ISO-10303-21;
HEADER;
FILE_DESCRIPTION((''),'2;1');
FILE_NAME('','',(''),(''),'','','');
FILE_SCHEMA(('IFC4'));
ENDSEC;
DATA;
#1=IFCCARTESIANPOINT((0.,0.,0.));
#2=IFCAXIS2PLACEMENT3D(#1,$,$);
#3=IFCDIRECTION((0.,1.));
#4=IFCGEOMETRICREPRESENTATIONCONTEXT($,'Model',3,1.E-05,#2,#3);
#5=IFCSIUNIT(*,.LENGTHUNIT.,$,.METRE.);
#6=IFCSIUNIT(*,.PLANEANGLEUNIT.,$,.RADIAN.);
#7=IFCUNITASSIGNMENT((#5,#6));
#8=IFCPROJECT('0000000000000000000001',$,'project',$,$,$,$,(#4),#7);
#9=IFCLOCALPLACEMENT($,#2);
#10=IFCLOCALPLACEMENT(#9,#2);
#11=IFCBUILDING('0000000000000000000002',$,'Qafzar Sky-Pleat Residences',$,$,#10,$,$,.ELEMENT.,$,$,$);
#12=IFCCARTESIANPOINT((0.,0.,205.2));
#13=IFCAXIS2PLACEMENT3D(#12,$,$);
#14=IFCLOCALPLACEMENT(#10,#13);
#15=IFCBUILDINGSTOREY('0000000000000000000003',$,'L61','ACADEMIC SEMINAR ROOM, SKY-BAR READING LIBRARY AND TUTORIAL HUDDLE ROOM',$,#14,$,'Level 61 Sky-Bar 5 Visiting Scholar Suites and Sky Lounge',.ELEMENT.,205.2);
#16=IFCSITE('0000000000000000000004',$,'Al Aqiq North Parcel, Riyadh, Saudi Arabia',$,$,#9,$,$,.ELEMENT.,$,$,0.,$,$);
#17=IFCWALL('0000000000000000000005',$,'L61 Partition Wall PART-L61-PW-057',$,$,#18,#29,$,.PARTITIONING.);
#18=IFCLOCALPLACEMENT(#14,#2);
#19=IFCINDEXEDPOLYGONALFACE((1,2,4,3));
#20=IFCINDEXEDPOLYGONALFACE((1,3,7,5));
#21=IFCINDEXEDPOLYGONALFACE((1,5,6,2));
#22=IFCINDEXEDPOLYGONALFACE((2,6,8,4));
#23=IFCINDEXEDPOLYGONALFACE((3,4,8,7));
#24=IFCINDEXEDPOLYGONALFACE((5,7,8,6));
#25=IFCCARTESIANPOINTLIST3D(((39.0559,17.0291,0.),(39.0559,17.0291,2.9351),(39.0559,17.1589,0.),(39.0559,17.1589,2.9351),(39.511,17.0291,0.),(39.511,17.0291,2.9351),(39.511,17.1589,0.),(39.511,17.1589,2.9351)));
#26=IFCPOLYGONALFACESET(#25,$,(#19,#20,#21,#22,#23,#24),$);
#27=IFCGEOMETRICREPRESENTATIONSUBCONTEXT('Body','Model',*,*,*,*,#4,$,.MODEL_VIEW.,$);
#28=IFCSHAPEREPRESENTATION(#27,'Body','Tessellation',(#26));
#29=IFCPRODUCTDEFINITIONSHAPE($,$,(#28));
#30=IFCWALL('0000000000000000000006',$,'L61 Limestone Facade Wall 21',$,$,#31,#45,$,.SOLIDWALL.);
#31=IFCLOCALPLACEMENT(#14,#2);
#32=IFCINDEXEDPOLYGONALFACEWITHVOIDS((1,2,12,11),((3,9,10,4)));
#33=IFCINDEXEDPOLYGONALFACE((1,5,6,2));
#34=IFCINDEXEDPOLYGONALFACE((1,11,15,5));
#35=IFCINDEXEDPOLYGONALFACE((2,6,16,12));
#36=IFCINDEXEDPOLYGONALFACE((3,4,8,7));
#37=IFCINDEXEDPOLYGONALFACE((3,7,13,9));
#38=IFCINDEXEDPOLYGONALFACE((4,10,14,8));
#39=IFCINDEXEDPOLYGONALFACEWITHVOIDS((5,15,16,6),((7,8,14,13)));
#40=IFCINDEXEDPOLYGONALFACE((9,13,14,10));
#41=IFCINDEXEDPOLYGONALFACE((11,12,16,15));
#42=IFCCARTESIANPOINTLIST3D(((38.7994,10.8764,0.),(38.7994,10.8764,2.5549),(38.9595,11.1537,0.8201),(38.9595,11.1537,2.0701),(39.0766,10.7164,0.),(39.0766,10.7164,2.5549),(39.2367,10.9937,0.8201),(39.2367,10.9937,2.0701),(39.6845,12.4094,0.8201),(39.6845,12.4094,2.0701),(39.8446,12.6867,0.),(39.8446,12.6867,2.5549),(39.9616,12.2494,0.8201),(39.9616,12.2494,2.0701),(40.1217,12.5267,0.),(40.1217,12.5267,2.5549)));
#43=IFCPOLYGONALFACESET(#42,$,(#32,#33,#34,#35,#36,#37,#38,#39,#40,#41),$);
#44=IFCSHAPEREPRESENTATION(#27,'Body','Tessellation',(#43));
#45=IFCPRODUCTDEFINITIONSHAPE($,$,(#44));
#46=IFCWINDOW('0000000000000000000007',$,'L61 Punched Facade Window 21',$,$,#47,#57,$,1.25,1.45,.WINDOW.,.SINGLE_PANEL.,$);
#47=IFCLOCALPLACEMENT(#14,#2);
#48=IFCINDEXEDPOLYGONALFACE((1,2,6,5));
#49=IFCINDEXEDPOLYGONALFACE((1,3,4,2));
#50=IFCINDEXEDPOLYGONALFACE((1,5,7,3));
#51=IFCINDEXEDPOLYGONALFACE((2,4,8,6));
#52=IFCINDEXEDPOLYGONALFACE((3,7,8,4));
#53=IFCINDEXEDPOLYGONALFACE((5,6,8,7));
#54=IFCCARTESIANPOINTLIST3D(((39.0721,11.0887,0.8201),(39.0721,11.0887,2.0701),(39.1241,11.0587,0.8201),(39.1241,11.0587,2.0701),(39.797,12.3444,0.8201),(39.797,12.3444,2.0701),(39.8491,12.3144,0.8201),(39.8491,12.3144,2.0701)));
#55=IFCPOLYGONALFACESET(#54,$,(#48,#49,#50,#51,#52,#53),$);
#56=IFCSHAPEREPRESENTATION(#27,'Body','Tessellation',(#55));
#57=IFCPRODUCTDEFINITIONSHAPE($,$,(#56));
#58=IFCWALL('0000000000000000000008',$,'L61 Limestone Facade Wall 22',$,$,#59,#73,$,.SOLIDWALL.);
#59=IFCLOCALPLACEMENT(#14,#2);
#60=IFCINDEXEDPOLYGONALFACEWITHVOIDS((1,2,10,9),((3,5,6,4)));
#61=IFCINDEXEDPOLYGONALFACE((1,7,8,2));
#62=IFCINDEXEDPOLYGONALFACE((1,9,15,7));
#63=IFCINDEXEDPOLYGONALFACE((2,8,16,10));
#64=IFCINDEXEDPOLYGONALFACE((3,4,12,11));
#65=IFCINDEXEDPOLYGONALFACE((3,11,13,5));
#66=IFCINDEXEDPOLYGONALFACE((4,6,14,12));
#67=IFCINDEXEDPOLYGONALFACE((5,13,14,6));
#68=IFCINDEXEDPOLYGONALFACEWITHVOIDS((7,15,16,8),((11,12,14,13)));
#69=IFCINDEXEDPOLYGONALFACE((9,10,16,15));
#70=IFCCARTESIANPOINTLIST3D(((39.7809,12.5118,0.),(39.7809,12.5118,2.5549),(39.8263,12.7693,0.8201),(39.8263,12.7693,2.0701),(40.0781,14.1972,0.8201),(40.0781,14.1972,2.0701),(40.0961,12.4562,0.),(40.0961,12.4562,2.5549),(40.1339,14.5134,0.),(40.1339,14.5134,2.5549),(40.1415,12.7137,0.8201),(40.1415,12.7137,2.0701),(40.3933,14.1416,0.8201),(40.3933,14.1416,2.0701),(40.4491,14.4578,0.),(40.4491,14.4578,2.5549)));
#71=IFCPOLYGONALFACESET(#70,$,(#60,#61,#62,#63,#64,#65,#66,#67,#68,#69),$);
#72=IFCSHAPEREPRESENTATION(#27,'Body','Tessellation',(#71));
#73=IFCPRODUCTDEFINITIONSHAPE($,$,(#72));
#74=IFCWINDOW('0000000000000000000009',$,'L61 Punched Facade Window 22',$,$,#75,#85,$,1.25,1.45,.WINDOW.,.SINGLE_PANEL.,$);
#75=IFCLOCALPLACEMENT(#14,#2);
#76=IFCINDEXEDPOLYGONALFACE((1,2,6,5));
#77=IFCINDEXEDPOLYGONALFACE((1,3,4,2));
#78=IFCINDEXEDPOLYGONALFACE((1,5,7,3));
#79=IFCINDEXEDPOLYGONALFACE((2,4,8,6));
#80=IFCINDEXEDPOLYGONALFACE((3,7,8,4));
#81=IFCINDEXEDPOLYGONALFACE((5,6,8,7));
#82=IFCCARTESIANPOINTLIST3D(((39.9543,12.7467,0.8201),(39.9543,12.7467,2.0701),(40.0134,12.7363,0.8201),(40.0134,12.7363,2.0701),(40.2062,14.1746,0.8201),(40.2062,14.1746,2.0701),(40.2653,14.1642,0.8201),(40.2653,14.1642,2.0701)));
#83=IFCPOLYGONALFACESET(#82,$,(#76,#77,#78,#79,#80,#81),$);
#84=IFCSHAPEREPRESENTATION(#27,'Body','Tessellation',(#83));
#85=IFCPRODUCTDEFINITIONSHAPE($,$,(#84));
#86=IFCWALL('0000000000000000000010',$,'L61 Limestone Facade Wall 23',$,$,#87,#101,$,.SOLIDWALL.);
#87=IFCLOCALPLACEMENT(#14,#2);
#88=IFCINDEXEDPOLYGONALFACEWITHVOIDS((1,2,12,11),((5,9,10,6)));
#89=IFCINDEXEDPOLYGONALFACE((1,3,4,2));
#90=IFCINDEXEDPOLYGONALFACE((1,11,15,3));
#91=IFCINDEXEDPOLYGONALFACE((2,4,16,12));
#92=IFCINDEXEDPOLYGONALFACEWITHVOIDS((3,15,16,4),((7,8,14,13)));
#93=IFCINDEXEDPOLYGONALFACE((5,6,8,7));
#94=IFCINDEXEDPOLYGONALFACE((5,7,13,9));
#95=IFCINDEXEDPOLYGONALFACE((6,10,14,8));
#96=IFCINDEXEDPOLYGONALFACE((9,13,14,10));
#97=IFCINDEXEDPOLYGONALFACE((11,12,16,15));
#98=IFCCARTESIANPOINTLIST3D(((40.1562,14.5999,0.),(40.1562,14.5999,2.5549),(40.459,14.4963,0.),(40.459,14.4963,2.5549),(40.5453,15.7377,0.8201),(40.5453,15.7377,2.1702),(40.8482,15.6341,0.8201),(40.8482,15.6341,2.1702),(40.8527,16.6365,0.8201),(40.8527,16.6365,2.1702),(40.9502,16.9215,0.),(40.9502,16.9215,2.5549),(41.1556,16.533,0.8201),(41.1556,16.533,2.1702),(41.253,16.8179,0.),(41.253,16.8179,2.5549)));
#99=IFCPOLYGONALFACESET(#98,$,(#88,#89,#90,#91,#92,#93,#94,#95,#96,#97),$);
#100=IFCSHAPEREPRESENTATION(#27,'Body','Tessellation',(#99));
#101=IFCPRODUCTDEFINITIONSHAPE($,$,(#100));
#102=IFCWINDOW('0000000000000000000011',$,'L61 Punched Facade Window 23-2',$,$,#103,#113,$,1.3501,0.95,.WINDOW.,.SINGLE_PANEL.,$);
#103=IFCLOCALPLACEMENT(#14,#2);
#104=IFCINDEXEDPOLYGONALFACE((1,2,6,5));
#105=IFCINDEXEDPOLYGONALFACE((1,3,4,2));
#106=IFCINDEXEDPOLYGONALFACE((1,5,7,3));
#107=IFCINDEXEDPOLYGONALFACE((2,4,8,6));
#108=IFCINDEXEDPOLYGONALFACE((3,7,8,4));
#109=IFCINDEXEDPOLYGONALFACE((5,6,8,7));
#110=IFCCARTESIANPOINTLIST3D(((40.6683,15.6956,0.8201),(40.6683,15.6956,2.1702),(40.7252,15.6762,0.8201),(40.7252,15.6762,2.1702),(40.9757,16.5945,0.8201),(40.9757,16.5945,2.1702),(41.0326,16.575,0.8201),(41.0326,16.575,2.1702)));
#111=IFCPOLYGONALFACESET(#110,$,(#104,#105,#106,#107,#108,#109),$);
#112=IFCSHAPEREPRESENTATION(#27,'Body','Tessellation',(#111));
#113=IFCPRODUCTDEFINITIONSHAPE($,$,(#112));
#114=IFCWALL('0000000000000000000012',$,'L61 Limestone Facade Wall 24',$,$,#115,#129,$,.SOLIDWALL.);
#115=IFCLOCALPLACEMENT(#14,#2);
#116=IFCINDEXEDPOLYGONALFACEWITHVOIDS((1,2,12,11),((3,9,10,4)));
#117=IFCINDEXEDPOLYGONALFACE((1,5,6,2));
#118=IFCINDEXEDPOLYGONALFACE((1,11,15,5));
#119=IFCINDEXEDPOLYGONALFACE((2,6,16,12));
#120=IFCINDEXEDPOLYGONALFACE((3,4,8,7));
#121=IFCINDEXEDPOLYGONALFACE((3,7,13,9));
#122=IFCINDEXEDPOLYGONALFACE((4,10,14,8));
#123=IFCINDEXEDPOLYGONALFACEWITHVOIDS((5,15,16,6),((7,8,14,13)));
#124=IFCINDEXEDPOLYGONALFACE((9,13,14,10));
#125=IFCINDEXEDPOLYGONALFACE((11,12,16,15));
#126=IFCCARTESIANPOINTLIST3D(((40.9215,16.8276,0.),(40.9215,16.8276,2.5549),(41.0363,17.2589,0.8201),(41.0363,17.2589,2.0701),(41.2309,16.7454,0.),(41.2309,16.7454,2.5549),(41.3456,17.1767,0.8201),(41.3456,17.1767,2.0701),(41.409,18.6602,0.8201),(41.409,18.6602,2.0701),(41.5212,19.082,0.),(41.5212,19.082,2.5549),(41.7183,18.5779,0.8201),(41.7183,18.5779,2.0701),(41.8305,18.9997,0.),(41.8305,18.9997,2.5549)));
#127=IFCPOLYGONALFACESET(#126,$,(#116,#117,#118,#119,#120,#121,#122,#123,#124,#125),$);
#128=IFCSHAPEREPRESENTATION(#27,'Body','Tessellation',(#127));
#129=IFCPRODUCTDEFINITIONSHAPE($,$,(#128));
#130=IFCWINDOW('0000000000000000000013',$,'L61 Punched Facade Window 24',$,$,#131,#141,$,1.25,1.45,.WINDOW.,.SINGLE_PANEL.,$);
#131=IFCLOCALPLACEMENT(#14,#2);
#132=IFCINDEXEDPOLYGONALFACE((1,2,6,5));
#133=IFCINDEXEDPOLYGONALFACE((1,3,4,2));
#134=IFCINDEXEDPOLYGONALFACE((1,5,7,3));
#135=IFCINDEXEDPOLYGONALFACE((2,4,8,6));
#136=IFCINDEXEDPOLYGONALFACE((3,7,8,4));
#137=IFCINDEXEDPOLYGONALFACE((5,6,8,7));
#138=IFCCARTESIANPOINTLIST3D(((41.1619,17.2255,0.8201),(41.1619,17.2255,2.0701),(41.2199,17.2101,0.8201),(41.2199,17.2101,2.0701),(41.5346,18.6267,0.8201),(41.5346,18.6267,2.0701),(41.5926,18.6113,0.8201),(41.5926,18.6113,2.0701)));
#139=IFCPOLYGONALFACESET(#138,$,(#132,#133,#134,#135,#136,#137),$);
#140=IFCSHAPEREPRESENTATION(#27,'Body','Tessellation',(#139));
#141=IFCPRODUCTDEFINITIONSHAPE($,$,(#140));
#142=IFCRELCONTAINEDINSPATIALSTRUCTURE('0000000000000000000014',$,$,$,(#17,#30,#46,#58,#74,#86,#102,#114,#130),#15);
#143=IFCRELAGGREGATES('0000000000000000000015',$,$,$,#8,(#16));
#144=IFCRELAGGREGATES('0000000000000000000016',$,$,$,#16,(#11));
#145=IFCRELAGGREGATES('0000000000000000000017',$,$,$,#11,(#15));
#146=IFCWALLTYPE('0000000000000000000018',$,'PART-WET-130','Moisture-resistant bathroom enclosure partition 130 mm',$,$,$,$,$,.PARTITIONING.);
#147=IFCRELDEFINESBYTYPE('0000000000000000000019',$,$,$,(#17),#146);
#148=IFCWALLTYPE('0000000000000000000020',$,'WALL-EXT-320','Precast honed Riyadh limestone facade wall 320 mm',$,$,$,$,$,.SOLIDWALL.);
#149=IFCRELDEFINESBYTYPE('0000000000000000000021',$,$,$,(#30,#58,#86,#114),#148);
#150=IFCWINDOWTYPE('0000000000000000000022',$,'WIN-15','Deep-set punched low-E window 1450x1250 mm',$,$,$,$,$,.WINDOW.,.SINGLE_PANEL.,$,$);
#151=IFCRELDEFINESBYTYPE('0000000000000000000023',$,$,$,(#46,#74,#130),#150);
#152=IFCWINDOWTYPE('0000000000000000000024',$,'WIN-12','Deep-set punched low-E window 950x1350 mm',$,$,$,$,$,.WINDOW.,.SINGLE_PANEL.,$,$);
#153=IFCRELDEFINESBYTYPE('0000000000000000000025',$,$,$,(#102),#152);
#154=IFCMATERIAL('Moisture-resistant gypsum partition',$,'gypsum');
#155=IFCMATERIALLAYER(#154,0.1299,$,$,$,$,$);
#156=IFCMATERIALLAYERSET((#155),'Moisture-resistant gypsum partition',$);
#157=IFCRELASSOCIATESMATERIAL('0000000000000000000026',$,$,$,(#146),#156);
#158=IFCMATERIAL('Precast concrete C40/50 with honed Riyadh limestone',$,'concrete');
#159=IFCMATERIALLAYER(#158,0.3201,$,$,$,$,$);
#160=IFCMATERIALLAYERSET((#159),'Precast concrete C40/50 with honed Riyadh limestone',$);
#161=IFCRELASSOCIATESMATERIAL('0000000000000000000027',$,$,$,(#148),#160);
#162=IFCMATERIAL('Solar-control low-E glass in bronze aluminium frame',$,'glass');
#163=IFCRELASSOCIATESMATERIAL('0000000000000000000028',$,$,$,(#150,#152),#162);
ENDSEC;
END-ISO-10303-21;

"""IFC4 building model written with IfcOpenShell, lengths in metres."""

from ifc_helpers import new_model, si_unit, direction, frame, frame_2d, origin, place, context, subcontext, project, spatial, rectangle, extrude, source, transform, mapped, material, layer, layer_set, type_object, element, fill, save


model = new_model("IFC4")

# Units and contexts
model_context = context("Model", 3, precision=1e-05, world=origin(), true_north=direction((0.0, 1.0)))
body_context = subcontext(model_context, "Body", "Model", "MODEL_VIEW")
ifc_project = project(units=[si_unit("LENGTHUNIT", "METRE"), si_unit("PLANEANGLEUNIT", "RADIAN")], contexts=[model_context])

# Site, building, storey
site_placement = place(None, origin())
site = spatial("IfcSite", under=ifc_project, at=site_placement, Name="Al Aqiq North Parcel, Riyadh, Saudi Arabia", CompositionType="ELEMENT", RefElevation=0.0)
building_placement = place(site_placement, origin())
building = spatial("IfcBuilding", under=site, at=building_placement, Name="Qafzar Sky-Pleat Residences", CompositionType="ELEMENT")
storey_placement = place(building_placement, frame((0.0, 0.0, 205.2)))
storey = spatial("IfcBuildingStorey", under=building, at=storey_placement, Name="L61", Description="ACADEMIC SEMINAR ROOM, SKY-BAR READING LIBRARY AND TUTORIAL HUDDLE ROOM", LongName="Level 61 Sky-Bar 5 Visiting Scholar Suites and Sky Lounge", CompositionType="ELEMENT", Elevation=205.2)

# Shared definitions
ifc_material_1 = material(Name="Moisture-resistant gypsum partition", Category="gypsum")
ifc_layer_1 = layer(ifc_material_1, 0.1299)
ifc_layer_set_1 = layer_set([ifc_layer_1], Name="Moisture-resistant gypsum partition")
wall_type_1 = type_object("IfcWallType", Name="PART-WET-130", Description="Moisture-resistant bathroom enclosure partition 130 mm", PredefinedType="PARTITIONING", material=ifc_layer_set_1)

# Wall
wall_1_placement = place(storey_placement, frame((39.0559, 17.094, 0.0), z_axis=(0.0, 0.0, 1.0), x_axis=(1.0, 0.0, 0.0)))
element("IfcWall", 1, at=wall_1_placement, inside=storey, type_object=wall_type_1, Name="L61 Partition Wall PART-L61-PW-057", PredefinedType="PARTITIONING", context=body_context, shape_type="SweptSolid", body=[
    extrude(rectangle(XDim=0.4551, YDim=0.1299, at=frame_2d((0.2275, 0.0))), origin(), (0.0, 0.0, 1.0), 2.9351),
])

# Walls, openings, windows
ifc_material_2 = material(Name="Precast concrete C40/50 with honed Riyadh limestone", Category="concrete")
ifc_layer_2 = layer(ifc_material_2, 0.3201)
ifc_layer_set_2 = layer_set([ifc_layer_2], Name="Precast concrete C40/50 with honed Riyadh limestone")
wall_type_2 = type_object("IfcWallType", Name="WALL-EXT-320", Description="Precast honed Riyadh limestone facade wall 320 mm", PredefinedType="SOLIDWALL", material=ifc_layer_set_2)
wall_2_placement = place(storey_placement, frame((38.938, 10.7964, 0.0), z_axis=(0.0, 0.0, 1.0), x_axis=(0.499995, 0.866028, 0.0)))
wall_2 = element("IfcWall", 2, at=wall_2_placement, inside=storey, type_object=wall_type_2, Name="L61 Limestone Facade Wall 21", PredefinedType="SOLIDWALL", context=body_context, shape_type="SweptSolid", body=[
    extrude(rectangle(XDim=2.0903, YDim=0.3201, at=frame_2d((1.0452, 0.0))), origin(), (0.0, 0.0, 1.0), 2.5549),
])
opening_1_placement = place(wall_2_placement, frame((0.3201, 0.0, 0.8201)))
opening_1 = element("IfcOpeningElement", 3, at=opening_1_placement, cuts=wall_2, PredefinedType="OPENING", context=body_context, shape_type="SweptSolid", body=[
    extrude(rectangle(XDim=1.45, YDim=1.25, at=frame_2d((0.7251, 0.625))), frame((0.0, 0.1699, 0.0), z_axis=(0.0, -1.0, 0.0), x_axis=(1.0, 0.0, 0.0)), (0.0, 0.0, 1.0), 0.3401),
])
ifc_material_3 = material(Name="Solar-control low-E glass in bronze aluminium frame", Category="glass")
window_type_1 = type_object("IfcWindowType", Name="WIN-15", Description="Deep-set punched low-E window 1450x1250 mm", PartitioningType="SINGLE_PANEL", PredefinedType="WINDOW", material=ifc_material_3)
shared_shape_1 = source(origin(), body_context, "Body", "SweptSolid", [
    extrude(rectangle(XDim=1.45, YDim=1.25, at=frame_2d((0.7251, 0.625))), frame((0.0, 0.03, 0.0), z_axis=(0.0, -1.0, 0.0), x_axis=(1.0, 0.0, 0.0)), (0.0, 0.0, 1.0), 0.0601),
])
window_1_placement = place(opening_1_placement, origin())
window_1 = element("IfcWindow", 4, at=window_1_placement, inside=storey, type_object=window_type_1, Name="L61 Punched Facade Window 21", OverallHeight=1.25, OverallWidth=1.45, PartitioningType="SINGLE_PANEL", PredefinedType="WINDOW", context=body_context, shape_type="MappedRepresentation", body=[
    mapped(shared_shape_1, transform((0.0, 0.0, 0.0), x_axis=(1.0, 0.0, 0.0), y_axis=(0.0, 1.0, 0.0), z_axis=(0.0, 0.0, 1.0), scale=1.0)),
])
fill(opening_1, window_1)
wall_3_placement = place(storey_placement, frame((39.9385, 12.4841, 0.0), z_axis=(0.0, 0.0, 1.0), x_axis=(0.173703, 0.984798, 0.0)))
wall_3 = element("IfcWall", 5, at=wall_3_placement, inside=storey, type_object=wall_type_2, Name="L61 Limestone Facade Wall 22", PredefinedType="SOLIDWALL", context=body_context, shape_type="SweptSolid", body=[
    extrude(rectangle(XDim=2.0325, YDim=0.3201, at=frame_2d((1.0161, 0.0))), origin(), (0.0, 0.0, 1.0), 2.5549),
])
opening_2_placement = place(wall_3_placement, frame((0.2612, 0.0, 0.8201)))
opening_2 = element("IfcOpeningElement", 6, at=opening_2_placement, cuts=wall_3, PredefinedType="OPENING", context=body_context, shape_type="SweptSolid", body=[
    extrude(rectangle(XDim=1.45, YDim=1.25, at=frame_2d((0.7251, 0.625))), frame((0.0, 0.1699, 0.0), z_axis=(0.0, -1.0, 0.0), x_axis=(1.0, 0.0, 0.0)), (0.0, 0.0, 1.0), 0.3401),
])
window_2_placement = place(opening_2_placement, origin())
window_2 = element("IfcWindow", 7, at=window_2_placement, inside=storey, type_object=window_type_1, Name="L61 Punched Facade Window 22", OverallHeight=1.25, OverallWidth=1.45, PartitioningType="SINGLE_PANEL", PredefinedType="WINDOW", context=body_context, shape_type="MappedRepresentation", body=[
    mapped(shared_shape_1, transform((0.0, 0.0, 0.0), x_axis=(1.0, 0.0, 0.0), y_axis=(0.0, 1.0, 0.0), z_axis=(0.0, 0.0, 1.0), scale=1.0)),
])
fill(opening_2, window_2)
wall_4_placement = place(storey_placement, frame((40.3076, 14.5481, 0.0), z_axis=(0.0, 0.0, 1.0), x_axis=(0.323592, 0.946197, 0.0)))
wall_4 = element("IfcWall", 8, at=wall_4_placement, inside=storey, type_object=wall_type_2, Name="L61 Limestone Facade Wall 23", PredefinedType="SOLIDWALL", context=body_context, shape_type="SweptSolid", body=[
    extrude(rectangle(XDim=2.4536, YDim=0.3201, at=frame_2d((1.2268, 0.0))), origin(), (0.0, 0.0, 1.0), 2.5549),
])
opening_3_placement = place(wall_4_placement, frame((1.2024, 0.0, 0.8201)))
opening_3 = element("IfcOpeningElement", 9, at=opening_3_placement, cuts=wall_4, PredefinedType="OPENING", context=body_context, shape_type="SweptSolid", body=[
    extrude(rectangle(XDim=0.95, YDim=1.3501, at=frame_2d((0.4751, 0.675))), frame((0.0, 0.1699, 0.0), z_axis=(0.0, -1.0, 0.0), x_axis=(1.0, 0.0, 0.0)), (0.0, 0.0, 1.0), 0.3401),
])
window_type_2 = type_object("IfcWindowType", Name="WIN-12", Description="Deep-set punched low-E window 950x1350 mm", PartitioningType="SINGLE_PANEL", PredefinedType="WINDOW", material=ifc_material_3)
shared_shape_2 = source(origin(), body_context, "Body", "SweptSolid", [
    extrude(rectangle(XDim=0.95, YDim=1.3501, at=frame_2d((0.4751, 0.675))), frame((0.0, 0.03, 0.0), z_axis=(0.0, -1.0, 0.0), x_axis=(1.0, 0.0, 0.0)), (0.0, 0.0, 1.0), 0.0601),
])
window_3_placement = place(opening_3_placement, origin())
window_3 = element("IfcWindow", 10, at=window_3_placement, inside=storey, type_object=window_type_2, Name="L61 Punched Facade Window 23-2", OverallHeight=1.3501, OverallWidth=0.95, PartitioningType="SINGLE_PANEL", PredefinedType="WINDOW", context=body_context, shape_type="MappedRepresentation", body=[
    mapped(shared_shape_2, transform((0.0, 0.0, 0.0), x_axis=(1.0, 0.0, 0.0), y_axis=(0.0, 1.0, 0.0), z_axis=(0.0, 0.0, 1.0), scale=1.0)),
])
fill(opening_3, window_3)
wall_5_placement = place(storey_placement, frame((41.0762, 16.7864, 0.0), z_axis=(0.0, 0.0, 1.0), x_axis=(0.257037, 0.966401, 0.0)))
wall_5 = element("IfcWall", 11, at=wall_5_placement, inside=storey, type_object=wall_type_2, Name="L61 Limestone Facade Wall 24", PredefinedType="SOLIDWALL", context=body_context, shape_type="SweptSolid", body=[
    extrude(rectangle(XDim=2.3328, YDim=0.3201, at=frame_2d((1.1665, 0.0))), origin(), (0.0, 0.0, 1.0), 2.5549),
])
opening_4_placement = place(wall_5_placement, frame((0.4463, 0.0, 0.8201)))
opening_4 = element("IfcOpeningElement", 12, at=opening_4_placement, cuts=wall_5, PredefinedType="OPENING", context=body_context, shape_type="SweptSolid", body=[
    extrude(rectangle(XDim=1.45, YDim=1.25, at=frame_2d((0.7251, 0.625))), frame((0.0, 0.1699, 0.0), z_axis=(0.0, -1.0, 0.0), x_axis=(1.0, 0.0, 0.0)), (0.0, 0.0, 1.0), 0.3401),
])
window_4_placement = place(opening_4_placement, origin())
window_4 = element("IfcWindow", 13, at=window_4_placement, inside=storey, type_object=window_type_1, Name="L61 Punched Facade Window 24", OverallHeight=1.25, OverallWidth=1.45, PartitioningType="SINGLE_PANEL", PredefinedType="WINDOW", context=body_context, shape_type="MappedRepresentation", body=[
    mapped(shared_shape_1, transform((0.0, 0.0, 0.0), x_axis=(1.0, 0.0, 0.0), y_axis=(0.0, 1.0, 0.0), z_axis=(0.0, 0.0, 1.0), scale=1.0)),
])
fill(opening_4, window_4)

save(model, "model.ifc")
